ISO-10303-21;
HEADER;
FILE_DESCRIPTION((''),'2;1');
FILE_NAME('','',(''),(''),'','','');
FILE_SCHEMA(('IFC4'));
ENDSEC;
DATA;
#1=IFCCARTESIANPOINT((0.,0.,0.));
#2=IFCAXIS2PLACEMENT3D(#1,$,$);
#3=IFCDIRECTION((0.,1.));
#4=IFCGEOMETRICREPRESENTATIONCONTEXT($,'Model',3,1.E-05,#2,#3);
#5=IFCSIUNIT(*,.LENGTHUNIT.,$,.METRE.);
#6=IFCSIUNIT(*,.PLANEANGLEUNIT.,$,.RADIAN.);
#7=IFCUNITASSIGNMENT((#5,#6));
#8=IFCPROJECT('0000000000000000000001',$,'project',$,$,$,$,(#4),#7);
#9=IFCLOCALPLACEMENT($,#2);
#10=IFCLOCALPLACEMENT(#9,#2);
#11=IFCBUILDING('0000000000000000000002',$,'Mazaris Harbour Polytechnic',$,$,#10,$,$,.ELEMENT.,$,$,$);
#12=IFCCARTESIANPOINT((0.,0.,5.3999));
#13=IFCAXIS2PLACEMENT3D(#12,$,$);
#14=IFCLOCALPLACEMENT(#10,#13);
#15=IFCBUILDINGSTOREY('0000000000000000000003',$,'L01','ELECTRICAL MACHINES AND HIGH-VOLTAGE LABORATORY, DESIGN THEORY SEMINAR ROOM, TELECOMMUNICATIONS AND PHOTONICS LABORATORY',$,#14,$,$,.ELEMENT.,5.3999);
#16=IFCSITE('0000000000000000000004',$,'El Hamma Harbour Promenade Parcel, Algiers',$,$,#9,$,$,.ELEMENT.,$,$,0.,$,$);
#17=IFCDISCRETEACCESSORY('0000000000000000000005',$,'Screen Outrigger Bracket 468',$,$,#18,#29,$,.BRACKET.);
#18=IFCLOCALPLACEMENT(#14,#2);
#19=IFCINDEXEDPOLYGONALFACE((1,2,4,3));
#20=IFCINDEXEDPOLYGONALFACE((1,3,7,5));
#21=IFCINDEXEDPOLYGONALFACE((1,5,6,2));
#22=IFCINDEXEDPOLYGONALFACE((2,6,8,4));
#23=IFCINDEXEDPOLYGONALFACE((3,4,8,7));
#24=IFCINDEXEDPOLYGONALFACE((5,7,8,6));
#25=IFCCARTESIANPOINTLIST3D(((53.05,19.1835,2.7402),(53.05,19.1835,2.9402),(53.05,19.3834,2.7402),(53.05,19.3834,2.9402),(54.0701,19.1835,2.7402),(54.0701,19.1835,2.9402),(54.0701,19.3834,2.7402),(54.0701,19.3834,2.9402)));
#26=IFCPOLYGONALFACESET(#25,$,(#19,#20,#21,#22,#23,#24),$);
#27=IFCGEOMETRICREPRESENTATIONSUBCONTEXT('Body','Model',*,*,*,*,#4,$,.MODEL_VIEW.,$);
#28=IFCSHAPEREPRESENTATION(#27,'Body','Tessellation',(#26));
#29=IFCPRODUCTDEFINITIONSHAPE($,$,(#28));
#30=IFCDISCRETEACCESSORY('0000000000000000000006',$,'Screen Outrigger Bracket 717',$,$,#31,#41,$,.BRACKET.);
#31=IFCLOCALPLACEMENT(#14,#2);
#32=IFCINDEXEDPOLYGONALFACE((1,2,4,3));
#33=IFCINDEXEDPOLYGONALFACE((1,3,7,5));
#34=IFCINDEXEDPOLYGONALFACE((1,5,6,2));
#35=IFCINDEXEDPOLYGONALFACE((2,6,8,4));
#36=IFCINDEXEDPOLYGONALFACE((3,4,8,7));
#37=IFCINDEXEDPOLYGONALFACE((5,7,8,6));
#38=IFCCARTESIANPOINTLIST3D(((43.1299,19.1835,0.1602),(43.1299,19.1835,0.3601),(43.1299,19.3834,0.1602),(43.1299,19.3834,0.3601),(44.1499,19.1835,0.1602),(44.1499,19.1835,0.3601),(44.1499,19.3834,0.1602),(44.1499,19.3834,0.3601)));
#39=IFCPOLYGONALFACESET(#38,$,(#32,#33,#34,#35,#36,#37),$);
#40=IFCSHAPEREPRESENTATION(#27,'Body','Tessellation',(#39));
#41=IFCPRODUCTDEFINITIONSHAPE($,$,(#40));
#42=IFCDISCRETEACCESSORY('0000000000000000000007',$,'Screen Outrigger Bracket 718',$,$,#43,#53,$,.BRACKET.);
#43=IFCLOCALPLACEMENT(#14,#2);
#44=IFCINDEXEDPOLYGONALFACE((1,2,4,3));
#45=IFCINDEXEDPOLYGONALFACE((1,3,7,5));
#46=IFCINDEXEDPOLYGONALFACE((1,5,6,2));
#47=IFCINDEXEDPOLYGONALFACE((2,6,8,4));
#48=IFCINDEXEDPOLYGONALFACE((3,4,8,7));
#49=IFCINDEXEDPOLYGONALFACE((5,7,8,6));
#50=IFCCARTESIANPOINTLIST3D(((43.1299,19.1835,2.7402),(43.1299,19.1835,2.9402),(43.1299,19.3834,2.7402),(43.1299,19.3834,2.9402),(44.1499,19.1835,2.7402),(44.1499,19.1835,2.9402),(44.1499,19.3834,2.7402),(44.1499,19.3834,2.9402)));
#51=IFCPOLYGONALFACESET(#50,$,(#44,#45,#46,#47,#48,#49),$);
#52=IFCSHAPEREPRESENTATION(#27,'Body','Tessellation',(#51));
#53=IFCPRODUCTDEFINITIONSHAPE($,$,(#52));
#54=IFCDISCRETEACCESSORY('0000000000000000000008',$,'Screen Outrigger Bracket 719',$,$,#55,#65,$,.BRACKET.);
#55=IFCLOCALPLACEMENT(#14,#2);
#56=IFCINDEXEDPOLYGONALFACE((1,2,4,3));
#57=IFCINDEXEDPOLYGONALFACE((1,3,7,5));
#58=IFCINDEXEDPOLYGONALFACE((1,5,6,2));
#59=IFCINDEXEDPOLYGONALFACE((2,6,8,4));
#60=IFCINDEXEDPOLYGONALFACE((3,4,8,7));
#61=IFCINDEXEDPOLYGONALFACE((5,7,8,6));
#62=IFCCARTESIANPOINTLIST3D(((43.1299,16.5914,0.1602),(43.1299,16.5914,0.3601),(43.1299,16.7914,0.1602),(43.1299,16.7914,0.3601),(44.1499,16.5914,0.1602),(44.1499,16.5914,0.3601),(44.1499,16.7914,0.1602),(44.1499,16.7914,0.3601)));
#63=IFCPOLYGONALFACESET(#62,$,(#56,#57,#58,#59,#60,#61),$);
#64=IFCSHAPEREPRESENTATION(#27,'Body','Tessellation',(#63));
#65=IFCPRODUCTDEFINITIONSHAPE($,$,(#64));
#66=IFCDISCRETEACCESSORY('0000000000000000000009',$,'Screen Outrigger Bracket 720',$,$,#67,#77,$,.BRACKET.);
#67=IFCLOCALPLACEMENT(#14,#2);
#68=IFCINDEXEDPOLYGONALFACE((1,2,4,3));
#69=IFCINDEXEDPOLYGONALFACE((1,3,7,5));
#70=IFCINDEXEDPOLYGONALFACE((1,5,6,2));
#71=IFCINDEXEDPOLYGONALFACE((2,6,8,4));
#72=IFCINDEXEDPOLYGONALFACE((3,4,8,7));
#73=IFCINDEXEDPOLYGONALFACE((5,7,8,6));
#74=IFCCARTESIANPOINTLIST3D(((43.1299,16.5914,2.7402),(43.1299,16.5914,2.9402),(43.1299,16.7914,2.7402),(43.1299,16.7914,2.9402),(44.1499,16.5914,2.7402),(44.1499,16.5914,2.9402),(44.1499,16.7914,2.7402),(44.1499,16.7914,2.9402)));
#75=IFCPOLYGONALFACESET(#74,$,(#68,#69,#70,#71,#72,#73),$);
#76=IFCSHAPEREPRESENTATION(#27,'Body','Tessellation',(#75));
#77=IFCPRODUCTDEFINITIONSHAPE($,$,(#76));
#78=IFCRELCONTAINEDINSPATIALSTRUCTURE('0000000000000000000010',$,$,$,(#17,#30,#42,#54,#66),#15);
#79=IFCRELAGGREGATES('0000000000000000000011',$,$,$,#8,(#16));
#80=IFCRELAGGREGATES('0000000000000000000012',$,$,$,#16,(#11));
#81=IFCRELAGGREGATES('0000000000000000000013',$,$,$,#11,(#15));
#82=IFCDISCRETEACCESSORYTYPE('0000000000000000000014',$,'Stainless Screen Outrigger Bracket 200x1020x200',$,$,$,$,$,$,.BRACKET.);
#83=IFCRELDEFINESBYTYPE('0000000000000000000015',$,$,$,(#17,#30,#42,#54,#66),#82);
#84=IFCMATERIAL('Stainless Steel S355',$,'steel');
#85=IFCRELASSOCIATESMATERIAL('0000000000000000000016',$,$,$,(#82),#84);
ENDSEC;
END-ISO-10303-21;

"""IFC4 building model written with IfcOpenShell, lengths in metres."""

from ifc_helpers import new_model, si_unit, direction, frame, origin, origin_2d, place, context, subcontext, project, spatial, rectangle, extrude, material, type_object, element, save


model = new_model("IFC4")

# Units and contexts
model_context = context("Model", 3, precision=1e-05, world=origin(), true_north=direction((0.0, 1.0)))
body_context = subcontext(model_context, "Body", "Model", "MODEL_VIEW")
ifc_project = project(units=[si_unit("LENGTHUNIT", "METRE"), si_unit("PLANEANGLEUNIT", "RADIAN")], contexts=[model_context])

# Site, building, storey
site_placement = place(None, origin())
site = spatial("IfcSite", under=ifc_project, at=site_placement, Name="El Hamma Harbour Promenade Parcel, Algiers", CompositionType="ELEMENT", RefElevation=0.0)
building_placement = place(site_placement, origin())
building = spatial("IfcBuilding", under=site, at=building_placement, Name="Mazaris Harbour Polytechnic", CompositionType="ELEMENT")
storey_placement = place(building_placement, frame((0.0, 0.0, 5.3999)))
storey = spatial("IfcBuildingStorey", under=building, at=storey_placement, Name="L01", Description="ELECTRICAL MACHINES AND HIGH-VOLTAGE LABORATORY, DESIGN THEORY SEMINAR ROOM, TELECOMMUNICATIONS AND PHOTONICS LABORATORY", CompositionType="ELEMENT", Elevation=5.3999)

# Discrete accessories
ifc_material_1 = material(Name="Stainless Steel S355", Category="steel")
discrete_accessory_type = type_object("IfcDiscreteAccessoryType", Name="Stainless Screen Outrigger Bracket 200x1020x200", PredefinedType="BRACKET", material=ifc_material_1)
for number, where, z_axis, x_axis, name in (
    (1, (53.5601, 19.2834, 2.7402), (0.0, 0.0, 1.0), (0.0, 1.0, 0.0), "Screen Outrigger Bracket 468"),
    (2, (43.6399, 19.2834, 0.1602), (0.0, 0.0, 1.0), (0.0, -1.0, 0.0), "Screen Outrigger Bracket 717"),
    (3, (43.6399, 19.2834, 2.7402), (0.0, 0.0, 1.0), (0.0, -1.0, 0.0), "Screen Outrigger Bracket 718"),
    (4, (43.6399, 16.6914, 0.1602), (0.0, 0.0, 1.0), (0.0, -1.0, 0.0), "Screen Outrigger Bracket 719"),
    (5, (43.6399, 16.6914, 2.7402), (0.0, 0.0, 1.0), (0.0, -1.0, 0.0), "Screen Outrigger Bracket 720"),
):
    element("IfcDiscreteAccessory", number, at=place(storey_placement, frame(where, z_axis=z_axis, x_axis=x_axis)), inside=storey, type_object=discrete_accessory_type, Name=name, PredefinedType="BRACKET", context=body_context, shape_type="SweptSolid", body=[
        extrude(rectangle(XDim=0.2, YDim=1.02, at=origin_2d()), origin(), (0.0, 0.0, 1.0), 0.2),
    ])

save(model, "model.ifc")
